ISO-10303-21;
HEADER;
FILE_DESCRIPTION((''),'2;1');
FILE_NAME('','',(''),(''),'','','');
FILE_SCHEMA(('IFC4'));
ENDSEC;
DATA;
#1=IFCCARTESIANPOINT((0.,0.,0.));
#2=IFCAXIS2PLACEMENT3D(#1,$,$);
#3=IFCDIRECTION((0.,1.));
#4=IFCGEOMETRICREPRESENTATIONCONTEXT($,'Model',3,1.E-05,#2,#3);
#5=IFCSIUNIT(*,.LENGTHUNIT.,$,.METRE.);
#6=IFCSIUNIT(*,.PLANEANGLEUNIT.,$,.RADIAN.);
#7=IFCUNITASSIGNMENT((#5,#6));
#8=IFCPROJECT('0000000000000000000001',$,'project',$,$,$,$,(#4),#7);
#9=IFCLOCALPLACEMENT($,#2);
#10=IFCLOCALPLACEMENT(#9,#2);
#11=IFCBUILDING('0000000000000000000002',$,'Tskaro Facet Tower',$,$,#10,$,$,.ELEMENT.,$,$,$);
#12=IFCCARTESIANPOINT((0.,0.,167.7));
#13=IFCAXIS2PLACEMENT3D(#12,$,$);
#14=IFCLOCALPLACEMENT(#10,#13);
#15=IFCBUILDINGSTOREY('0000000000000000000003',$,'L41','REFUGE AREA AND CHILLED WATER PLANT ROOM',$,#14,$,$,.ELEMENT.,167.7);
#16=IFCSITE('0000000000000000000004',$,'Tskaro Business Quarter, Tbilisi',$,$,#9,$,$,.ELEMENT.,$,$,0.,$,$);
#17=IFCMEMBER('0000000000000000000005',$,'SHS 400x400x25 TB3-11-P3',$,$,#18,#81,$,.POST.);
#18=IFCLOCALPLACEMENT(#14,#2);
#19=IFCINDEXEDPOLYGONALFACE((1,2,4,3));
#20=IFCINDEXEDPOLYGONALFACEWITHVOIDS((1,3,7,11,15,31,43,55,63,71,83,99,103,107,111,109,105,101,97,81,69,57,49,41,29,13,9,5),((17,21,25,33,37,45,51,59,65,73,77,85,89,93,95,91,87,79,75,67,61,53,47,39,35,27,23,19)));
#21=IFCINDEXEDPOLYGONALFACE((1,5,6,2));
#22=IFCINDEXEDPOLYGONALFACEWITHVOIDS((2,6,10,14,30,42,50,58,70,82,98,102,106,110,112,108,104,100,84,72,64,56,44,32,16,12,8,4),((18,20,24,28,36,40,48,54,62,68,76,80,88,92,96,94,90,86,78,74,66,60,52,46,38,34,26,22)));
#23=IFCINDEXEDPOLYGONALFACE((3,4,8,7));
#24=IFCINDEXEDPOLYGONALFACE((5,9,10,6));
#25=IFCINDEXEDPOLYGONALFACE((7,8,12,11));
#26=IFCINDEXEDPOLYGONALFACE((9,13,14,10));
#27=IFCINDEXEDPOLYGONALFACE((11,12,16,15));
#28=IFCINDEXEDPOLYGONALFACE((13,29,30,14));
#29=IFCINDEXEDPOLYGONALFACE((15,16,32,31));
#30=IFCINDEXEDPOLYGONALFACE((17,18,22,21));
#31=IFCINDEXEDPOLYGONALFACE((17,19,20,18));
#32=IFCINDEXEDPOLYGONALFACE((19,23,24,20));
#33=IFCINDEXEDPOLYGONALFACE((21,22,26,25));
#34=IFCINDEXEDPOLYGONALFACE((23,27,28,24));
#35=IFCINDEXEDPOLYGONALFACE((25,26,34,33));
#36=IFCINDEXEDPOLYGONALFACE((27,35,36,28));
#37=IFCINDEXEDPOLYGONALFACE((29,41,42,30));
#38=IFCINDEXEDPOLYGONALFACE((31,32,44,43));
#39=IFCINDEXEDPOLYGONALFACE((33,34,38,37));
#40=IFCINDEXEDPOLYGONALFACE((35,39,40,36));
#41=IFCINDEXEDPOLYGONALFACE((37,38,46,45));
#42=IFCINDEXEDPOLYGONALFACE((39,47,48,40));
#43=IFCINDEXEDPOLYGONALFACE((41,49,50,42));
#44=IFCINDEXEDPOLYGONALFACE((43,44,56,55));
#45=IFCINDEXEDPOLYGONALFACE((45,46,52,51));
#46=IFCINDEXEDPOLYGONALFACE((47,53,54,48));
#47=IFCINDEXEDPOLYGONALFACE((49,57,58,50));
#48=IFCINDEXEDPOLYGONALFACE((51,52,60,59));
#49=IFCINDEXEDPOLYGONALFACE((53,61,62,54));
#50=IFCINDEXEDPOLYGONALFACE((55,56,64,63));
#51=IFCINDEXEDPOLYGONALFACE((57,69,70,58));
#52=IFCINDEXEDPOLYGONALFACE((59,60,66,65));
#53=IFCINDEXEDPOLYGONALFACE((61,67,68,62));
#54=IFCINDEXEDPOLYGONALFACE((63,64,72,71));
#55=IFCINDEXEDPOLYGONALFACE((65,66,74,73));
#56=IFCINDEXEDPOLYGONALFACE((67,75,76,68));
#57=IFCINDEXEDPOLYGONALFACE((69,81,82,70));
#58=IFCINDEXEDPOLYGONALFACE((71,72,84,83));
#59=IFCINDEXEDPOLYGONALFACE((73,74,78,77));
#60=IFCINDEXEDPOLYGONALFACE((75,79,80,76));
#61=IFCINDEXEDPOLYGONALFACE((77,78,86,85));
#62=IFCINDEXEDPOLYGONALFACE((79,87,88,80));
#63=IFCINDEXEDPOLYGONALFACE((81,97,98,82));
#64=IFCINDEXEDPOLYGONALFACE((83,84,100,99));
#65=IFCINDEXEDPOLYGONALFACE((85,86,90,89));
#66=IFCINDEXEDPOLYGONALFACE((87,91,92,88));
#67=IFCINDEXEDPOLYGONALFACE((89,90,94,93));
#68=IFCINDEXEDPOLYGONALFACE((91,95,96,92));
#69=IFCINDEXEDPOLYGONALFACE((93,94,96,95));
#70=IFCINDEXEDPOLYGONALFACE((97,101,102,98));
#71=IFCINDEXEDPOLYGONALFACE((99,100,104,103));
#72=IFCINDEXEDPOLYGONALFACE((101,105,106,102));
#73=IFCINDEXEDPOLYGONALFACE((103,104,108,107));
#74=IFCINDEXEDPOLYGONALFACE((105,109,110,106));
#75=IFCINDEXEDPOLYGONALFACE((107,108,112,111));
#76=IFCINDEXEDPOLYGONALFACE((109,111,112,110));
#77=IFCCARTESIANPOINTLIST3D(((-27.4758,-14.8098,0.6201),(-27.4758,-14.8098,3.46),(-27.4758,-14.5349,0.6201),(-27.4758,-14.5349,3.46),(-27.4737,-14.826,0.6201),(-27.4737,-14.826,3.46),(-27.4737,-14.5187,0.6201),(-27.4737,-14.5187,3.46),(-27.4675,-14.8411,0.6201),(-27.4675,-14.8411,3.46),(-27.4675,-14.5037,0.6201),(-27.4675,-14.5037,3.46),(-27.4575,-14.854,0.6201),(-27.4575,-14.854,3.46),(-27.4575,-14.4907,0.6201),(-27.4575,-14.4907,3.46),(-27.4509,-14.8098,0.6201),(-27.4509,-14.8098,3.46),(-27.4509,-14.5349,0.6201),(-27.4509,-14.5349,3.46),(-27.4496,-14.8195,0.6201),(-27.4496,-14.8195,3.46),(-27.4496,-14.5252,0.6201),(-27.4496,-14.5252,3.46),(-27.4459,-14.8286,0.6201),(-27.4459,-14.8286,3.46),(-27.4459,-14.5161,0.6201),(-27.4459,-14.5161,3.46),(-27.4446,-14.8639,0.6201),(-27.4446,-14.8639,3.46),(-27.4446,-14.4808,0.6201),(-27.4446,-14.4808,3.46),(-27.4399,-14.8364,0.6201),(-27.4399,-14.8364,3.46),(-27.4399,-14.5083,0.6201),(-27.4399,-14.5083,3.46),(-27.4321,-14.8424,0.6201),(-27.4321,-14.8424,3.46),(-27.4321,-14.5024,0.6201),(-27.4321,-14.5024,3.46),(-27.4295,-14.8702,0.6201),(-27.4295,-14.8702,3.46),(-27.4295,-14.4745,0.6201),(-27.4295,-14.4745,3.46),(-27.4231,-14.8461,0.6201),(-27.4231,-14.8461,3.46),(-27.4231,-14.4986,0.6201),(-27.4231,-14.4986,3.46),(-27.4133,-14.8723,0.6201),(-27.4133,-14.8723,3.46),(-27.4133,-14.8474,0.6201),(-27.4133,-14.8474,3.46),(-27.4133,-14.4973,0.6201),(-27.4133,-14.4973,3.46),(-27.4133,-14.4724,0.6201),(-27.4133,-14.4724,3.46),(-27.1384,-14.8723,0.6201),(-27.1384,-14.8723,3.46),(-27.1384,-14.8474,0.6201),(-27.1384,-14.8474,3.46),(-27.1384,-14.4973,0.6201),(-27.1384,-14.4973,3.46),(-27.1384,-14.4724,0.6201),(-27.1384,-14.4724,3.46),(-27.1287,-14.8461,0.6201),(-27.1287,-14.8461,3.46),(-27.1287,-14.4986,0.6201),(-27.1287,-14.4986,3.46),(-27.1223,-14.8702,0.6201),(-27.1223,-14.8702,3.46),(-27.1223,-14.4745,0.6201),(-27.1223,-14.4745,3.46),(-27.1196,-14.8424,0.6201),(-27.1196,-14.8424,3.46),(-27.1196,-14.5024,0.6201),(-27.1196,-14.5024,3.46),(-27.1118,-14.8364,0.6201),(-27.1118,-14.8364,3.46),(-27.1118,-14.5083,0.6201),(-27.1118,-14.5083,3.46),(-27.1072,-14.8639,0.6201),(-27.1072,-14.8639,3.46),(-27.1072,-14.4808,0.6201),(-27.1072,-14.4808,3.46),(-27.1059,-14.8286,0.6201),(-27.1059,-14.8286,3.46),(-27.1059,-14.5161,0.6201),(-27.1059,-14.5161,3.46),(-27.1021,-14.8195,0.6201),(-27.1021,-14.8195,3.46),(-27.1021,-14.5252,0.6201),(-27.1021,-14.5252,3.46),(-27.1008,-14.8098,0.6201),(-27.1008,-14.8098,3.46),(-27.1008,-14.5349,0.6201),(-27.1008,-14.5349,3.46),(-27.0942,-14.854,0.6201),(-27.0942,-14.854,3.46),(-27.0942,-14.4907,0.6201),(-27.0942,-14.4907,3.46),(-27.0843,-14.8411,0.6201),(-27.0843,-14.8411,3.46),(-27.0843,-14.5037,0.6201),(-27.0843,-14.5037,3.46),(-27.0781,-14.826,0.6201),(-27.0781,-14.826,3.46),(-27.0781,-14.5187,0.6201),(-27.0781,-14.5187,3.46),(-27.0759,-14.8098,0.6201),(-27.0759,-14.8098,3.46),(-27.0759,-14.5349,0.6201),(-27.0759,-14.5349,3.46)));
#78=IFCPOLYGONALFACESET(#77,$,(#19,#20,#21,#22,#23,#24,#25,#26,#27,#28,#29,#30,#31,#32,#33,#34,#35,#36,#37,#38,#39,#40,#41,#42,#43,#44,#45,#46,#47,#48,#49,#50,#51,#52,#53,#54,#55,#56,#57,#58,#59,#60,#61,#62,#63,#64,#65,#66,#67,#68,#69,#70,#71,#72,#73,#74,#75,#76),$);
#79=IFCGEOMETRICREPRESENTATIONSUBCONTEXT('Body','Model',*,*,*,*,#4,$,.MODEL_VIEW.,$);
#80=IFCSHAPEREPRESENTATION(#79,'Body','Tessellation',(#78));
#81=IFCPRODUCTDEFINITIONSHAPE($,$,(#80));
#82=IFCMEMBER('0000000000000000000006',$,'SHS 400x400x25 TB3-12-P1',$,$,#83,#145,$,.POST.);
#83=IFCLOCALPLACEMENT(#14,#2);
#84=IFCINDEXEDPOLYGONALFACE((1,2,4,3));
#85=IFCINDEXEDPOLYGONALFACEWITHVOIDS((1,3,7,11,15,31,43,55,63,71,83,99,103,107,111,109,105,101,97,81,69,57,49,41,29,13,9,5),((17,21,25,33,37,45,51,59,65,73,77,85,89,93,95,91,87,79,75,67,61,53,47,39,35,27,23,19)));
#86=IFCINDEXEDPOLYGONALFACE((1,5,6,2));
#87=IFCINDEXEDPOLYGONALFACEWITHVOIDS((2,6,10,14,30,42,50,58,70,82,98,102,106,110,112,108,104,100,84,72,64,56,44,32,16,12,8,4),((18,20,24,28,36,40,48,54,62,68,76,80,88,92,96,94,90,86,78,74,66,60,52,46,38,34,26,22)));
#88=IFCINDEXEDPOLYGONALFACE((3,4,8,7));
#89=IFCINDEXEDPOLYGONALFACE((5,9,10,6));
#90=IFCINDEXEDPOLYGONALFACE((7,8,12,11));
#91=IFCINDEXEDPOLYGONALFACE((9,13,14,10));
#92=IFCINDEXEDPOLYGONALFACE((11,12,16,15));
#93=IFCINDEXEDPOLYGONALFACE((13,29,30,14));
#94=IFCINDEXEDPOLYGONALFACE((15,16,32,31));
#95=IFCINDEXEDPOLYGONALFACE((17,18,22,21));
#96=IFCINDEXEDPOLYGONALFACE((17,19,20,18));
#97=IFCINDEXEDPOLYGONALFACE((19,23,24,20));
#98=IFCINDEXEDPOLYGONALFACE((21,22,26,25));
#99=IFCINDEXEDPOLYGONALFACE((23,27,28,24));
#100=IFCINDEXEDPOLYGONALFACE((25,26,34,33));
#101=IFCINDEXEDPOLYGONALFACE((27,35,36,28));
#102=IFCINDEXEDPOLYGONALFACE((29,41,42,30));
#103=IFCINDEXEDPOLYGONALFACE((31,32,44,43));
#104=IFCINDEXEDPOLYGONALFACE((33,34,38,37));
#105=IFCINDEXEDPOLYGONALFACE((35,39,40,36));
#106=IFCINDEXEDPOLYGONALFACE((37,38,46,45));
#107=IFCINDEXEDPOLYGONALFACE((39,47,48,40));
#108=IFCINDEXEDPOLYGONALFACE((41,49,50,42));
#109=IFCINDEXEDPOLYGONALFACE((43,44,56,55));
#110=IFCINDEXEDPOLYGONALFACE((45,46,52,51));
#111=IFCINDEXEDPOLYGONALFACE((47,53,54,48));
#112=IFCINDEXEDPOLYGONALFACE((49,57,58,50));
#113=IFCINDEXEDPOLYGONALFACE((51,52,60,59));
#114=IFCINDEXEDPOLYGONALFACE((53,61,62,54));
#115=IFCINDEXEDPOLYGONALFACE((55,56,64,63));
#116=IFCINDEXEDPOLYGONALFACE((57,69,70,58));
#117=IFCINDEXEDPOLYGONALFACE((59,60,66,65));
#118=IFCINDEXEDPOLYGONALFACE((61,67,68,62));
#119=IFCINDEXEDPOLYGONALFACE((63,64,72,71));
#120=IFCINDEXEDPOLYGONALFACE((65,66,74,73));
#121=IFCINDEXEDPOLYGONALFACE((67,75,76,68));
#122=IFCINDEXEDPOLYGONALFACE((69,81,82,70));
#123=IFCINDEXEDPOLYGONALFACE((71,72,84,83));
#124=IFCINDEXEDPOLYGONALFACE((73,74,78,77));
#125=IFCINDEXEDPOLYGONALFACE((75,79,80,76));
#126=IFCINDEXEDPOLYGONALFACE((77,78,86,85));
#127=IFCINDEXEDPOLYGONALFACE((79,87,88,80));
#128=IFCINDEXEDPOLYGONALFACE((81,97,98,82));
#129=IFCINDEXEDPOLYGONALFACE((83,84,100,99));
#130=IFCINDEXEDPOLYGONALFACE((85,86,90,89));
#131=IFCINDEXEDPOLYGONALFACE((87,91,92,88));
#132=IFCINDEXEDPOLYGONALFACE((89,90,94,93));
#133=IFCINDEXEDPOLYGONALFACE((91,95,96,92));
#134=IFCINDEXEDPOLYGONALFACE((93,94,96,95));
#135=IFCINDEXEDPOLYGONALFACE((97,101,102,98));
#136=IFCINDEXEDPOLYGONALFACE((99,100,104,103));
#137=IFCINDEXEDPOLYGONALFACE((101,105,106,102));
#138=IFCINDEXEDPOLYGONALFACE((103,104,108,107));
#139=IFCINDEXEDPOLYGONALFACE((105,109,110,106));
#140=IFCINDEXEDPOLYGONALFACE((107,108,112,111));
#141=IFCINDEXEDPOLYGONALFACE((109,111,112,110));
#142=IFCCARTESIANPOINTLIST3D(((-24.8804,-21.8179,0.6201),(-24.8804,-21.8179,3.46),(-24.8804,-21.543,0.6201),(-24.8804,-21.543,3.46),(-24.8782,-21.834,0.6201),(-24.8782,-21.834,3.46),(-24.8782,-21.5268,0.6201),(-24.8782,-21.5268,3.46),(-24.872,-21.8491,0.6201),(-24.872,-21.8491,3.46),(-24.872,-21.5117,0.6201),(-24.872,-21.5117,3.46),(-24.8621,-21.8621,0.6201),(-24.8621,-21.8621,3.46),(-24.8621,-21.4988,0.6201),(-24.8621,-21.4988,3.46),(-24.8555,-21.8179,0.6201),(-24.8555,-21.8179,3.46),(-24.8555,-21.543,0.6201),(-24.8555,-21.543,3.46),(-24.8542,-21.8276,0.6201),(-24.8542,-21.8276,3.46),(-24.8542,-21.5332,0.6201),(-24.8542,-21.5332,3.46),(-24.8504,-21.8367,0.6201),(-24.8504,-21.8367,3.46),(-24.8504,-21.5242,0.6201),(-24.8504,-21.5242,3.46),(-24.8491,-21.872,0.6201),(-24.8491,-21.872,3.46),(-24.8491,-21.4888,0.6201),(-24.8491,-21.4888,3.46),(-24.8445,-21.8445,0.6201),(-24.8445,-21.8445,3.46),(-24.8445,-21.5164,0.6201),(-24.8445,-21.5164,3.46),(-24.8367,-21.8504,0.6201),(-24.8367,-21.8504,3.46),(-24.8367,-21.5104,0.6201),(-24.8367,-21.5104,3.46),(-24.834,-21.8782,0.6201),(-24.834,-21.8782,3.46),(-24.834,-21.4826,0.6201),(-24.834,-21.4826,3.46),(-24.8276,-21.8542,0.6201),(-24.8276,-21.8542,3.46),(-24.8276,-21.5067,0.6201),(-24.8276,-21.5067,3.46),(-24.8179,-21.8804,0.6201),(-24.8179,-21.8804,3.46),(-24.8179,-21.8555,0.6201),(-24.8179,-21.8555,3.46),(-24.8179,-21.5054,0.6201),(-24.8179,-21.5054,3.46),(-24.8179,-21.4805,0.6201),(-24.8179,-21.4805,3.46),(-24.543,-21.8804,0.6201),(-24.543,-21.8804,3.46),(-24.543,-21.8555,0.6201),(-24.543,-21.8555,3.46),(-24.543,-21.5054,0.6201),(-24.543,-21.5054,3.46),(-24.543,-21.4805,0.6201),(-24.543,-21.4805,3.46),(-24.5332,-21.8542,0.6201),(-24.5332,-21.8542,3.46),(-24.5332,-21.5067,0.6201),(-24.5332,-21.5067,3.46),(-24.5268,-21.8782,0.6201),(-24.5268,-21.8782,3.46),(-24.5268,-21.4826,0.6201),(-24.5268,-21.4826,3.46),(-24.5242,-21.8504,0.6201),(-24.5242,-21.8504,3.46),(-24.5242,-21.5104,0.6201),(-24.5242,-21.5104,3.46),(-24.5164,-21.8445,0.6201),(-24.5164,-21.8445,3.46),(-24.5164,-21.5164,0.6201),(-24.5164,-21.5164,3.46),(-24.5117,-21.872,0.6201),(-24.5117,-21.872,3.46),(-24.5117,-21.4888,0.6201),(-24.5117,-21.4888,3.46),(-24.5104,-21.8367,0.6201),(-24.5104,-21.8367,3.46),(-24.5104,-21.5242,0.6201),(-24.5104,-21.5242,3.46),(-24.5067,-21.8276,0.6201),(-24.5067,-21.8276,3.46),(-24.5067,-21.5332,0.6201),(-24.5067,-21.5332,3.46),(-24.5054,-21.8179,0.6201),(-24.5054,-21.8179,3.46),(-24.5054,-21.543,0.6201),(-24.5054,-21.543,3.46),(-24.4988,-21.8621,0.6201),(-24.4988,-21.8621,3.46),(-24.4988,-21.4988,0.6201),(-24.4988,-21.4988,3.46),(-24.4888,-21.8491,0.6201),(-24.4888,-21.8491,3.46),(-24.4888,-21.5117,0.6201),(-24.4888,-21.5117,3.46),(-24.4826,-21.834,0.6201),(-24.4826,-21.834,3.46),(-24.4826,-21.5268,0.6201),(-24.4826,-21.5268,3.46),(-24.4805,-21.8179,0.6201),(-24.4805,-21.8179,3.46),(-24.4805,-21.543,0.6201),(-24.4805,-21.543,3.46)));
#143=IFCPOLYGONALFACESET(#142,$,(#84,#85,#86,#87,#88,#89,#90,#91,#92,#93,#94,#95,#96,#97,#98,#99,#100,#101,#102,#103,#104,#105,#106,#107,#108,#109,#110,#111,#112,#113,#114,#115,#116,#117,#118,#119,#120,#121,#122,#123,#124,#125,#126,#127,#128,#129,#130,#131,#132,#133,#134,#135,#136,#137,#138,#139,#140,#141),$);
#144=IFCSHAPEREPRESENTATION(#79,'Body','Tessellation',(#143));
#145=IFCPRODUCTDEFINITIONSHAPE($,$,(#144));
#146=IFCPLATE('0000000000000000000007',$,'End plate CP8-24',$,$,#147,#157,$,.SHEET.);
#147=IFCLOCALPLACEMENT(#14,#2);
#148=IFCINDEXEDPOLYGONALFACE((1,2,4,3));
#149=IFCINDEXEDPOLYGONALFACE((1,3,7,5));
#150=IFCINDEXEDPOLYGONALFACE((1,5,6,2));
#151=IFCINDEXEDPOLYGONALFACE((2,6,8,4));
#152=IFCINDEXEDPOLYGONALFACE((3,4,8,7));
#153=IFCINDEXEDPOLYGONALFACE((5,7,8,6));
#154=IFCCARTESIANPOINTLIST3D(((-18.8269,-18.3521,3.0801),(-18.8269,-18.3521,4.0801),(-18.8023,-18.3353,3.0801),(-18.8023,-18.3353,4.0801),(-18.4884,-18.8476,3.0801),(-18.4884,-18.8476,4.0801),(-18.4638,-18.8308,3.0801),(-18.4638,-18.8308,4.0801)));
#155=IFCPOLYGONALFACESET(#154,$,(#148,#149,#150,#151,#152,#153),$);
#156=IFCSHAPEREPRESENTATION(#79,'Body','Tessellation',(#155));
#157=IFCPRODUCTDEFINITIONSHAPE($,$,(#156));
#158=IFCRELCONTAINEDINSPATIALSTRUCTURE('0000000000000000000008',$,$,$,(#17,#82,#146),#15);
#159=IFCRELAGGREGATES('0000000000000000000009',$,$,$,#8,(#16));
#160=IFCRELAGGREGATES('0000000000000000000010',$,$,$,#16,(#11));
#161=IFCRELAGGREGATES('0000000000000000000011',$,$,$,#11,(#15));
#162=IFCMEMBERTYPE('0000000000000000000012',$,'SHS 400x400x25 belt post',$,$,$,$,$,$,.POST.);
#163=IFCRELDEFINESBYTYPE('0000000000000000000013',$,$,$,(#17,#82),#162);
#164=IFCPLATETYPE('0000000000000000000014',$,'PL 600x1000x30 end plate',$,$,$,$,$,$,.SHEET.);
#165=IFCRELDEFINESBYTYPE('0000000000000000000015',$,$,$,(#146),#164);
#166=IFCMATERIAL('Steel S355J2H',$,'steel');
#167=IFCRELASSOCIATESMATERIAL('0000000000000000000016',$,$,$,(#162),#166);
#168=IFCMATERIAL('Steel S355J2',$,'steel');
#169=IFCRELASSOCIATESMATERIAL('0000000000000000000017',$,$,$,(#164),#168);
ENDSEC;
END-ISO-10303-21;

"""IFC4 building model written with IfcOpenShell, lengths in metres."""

from ifc_helpers import new_model, si_unit, direction, frame, origin, origin_2d, place, context, subcontext, project, spatial, rectangle, hollow_rectangle, extrude, material, material_profile, profile_set, type_object, element, save


model = new_model("IFC4")

# Units and contexts
model_context = context("Model", 3, precision=1e-05, world=origin(), true_north=direction((0.0, 1.0)))
body_context = subcontext(model_context, "Body", "Model", "MODEL_VIEW")
ifc_project = project(units=[si_unit("LENGTHUNIT", "METRE"), si_unit("PLANEANGLEUNIT", "RADIAN")], contexts=[model_context])

# Site, building, storey
site_placement = place(None, origin())
site = spatial("IfcSite", under=ifc_project, at=site_placement, Name="Tskaro Business Quarter, Tbilisi", CompositionType="ELEMENT", RefElevation=0.0)
building_placement = place(site_placement, origin())
building = spatial("IfcBuilding", under=site, at=building_placement, Name="Tskaro Facet Tower", CompositionType="ELEMENT")
storey_placement = place(building_placement, frame((0.0, 0.0, 167.7)))
storey = spatial("IfcBuildingStorey", under=building, at=storey_placement, Name="L41", Description="REFUGE AREA AND CHILLED WATER PLANT ROOM", CompositionType="ELEMENT", Elevation=167.7)

# Shared definitions
ifc_material_1 = material(Name="Steel S355J2H", Category="steel")

# Shared definitions
ifc_material_2 = material(Name="Steel S355J2", Category="steel")

# Members
ifc_material_profile_1 = material_profile(ifc_material_1, hollow_rectangle(XDim=0.3999, YDim=0.3999, WallThickness=0.0249, InnerFilletRadius=0.0376, OuterFilletRadius=0.0625, at=origin_2d()), Name="SHS 400x400x25")
ifc_profile_set_1 = profile_set([ifc_material_profile_1], Name="Steel S355J2H")
member_type_1 = type_object("IfcMemberType", Name="SHS 400x400x25 belt post", PredefinedType="POST", material=ifc_profile_set_1)
for number, where, z_axis, x_axis, name in (
    (1, (-27.2759, -14.6724, 0.6201), (0.0, 0.0, 1.0), (1.0, 0.0, 0.0), "SHS 400x400x25 TB3-11-P3"),
    (2, (-24.6804, -21.6804, 0.6201), (0.0, 0.0, 1.0), (1.0, 0.0, 0.0), "SHS 400x400x25 TB3-12-P1"),
):
    element("IfcMember", number, at=place(storey_placement, frame(where, z_axis=z_axis, x_axis=x_axis)), inside=storey, type_object=member_type_1, Name=name, PredefinedType="POST", context=body_context, shape_type="SweptSolid", body=[
        extrude(hollow_rectangle(XDim=0.3999, YDim=0.3999, WallThickness=0.0249, InnerFilletRadius=0.0376, OuterFilletRadius=0.0625, at=origin_2d()), origin(), (0.0, 0.0, 1.0), 2.8398),
    ])

# Plate
ifc_material_profile_2 = material_profile(ifc_material_2, rectangle(XDim=0.6001, YDim=1.0, at=origin_2d()), Name="PL 600x1000x30 end plate")
ifc_profile_set_2 = profile_set([ifc_material_profile_2], Name="Steel S355J2")
plate_type = type_object("IfcPlateType", Name="PL 600x1000x30 end plate", PredefinedType="SHEET", material=ifc_profile_set_2)
plate_placement = place(storey_placement, frame((-18.6331, -18.583, 3.5801), z_axis=(-0.825708, -0.564098, 0.0), x_axis=(0.564098, -0.825708, 0.0)))
element("IfcPlate", 3, at=plate_placement, inside=storey, type_object=plate_type, Name="End plate CP8-24", PredefinedType="SHEET", context=body_context, shape_type="SweptSolid", body=[
    extrude(rectangle(XDim=0.6001, YDim=1.0, at=origin_2d()), origin(), (0.0, 0.0, 1.0), 0.0298),
])

save(model, "model.ifc")
